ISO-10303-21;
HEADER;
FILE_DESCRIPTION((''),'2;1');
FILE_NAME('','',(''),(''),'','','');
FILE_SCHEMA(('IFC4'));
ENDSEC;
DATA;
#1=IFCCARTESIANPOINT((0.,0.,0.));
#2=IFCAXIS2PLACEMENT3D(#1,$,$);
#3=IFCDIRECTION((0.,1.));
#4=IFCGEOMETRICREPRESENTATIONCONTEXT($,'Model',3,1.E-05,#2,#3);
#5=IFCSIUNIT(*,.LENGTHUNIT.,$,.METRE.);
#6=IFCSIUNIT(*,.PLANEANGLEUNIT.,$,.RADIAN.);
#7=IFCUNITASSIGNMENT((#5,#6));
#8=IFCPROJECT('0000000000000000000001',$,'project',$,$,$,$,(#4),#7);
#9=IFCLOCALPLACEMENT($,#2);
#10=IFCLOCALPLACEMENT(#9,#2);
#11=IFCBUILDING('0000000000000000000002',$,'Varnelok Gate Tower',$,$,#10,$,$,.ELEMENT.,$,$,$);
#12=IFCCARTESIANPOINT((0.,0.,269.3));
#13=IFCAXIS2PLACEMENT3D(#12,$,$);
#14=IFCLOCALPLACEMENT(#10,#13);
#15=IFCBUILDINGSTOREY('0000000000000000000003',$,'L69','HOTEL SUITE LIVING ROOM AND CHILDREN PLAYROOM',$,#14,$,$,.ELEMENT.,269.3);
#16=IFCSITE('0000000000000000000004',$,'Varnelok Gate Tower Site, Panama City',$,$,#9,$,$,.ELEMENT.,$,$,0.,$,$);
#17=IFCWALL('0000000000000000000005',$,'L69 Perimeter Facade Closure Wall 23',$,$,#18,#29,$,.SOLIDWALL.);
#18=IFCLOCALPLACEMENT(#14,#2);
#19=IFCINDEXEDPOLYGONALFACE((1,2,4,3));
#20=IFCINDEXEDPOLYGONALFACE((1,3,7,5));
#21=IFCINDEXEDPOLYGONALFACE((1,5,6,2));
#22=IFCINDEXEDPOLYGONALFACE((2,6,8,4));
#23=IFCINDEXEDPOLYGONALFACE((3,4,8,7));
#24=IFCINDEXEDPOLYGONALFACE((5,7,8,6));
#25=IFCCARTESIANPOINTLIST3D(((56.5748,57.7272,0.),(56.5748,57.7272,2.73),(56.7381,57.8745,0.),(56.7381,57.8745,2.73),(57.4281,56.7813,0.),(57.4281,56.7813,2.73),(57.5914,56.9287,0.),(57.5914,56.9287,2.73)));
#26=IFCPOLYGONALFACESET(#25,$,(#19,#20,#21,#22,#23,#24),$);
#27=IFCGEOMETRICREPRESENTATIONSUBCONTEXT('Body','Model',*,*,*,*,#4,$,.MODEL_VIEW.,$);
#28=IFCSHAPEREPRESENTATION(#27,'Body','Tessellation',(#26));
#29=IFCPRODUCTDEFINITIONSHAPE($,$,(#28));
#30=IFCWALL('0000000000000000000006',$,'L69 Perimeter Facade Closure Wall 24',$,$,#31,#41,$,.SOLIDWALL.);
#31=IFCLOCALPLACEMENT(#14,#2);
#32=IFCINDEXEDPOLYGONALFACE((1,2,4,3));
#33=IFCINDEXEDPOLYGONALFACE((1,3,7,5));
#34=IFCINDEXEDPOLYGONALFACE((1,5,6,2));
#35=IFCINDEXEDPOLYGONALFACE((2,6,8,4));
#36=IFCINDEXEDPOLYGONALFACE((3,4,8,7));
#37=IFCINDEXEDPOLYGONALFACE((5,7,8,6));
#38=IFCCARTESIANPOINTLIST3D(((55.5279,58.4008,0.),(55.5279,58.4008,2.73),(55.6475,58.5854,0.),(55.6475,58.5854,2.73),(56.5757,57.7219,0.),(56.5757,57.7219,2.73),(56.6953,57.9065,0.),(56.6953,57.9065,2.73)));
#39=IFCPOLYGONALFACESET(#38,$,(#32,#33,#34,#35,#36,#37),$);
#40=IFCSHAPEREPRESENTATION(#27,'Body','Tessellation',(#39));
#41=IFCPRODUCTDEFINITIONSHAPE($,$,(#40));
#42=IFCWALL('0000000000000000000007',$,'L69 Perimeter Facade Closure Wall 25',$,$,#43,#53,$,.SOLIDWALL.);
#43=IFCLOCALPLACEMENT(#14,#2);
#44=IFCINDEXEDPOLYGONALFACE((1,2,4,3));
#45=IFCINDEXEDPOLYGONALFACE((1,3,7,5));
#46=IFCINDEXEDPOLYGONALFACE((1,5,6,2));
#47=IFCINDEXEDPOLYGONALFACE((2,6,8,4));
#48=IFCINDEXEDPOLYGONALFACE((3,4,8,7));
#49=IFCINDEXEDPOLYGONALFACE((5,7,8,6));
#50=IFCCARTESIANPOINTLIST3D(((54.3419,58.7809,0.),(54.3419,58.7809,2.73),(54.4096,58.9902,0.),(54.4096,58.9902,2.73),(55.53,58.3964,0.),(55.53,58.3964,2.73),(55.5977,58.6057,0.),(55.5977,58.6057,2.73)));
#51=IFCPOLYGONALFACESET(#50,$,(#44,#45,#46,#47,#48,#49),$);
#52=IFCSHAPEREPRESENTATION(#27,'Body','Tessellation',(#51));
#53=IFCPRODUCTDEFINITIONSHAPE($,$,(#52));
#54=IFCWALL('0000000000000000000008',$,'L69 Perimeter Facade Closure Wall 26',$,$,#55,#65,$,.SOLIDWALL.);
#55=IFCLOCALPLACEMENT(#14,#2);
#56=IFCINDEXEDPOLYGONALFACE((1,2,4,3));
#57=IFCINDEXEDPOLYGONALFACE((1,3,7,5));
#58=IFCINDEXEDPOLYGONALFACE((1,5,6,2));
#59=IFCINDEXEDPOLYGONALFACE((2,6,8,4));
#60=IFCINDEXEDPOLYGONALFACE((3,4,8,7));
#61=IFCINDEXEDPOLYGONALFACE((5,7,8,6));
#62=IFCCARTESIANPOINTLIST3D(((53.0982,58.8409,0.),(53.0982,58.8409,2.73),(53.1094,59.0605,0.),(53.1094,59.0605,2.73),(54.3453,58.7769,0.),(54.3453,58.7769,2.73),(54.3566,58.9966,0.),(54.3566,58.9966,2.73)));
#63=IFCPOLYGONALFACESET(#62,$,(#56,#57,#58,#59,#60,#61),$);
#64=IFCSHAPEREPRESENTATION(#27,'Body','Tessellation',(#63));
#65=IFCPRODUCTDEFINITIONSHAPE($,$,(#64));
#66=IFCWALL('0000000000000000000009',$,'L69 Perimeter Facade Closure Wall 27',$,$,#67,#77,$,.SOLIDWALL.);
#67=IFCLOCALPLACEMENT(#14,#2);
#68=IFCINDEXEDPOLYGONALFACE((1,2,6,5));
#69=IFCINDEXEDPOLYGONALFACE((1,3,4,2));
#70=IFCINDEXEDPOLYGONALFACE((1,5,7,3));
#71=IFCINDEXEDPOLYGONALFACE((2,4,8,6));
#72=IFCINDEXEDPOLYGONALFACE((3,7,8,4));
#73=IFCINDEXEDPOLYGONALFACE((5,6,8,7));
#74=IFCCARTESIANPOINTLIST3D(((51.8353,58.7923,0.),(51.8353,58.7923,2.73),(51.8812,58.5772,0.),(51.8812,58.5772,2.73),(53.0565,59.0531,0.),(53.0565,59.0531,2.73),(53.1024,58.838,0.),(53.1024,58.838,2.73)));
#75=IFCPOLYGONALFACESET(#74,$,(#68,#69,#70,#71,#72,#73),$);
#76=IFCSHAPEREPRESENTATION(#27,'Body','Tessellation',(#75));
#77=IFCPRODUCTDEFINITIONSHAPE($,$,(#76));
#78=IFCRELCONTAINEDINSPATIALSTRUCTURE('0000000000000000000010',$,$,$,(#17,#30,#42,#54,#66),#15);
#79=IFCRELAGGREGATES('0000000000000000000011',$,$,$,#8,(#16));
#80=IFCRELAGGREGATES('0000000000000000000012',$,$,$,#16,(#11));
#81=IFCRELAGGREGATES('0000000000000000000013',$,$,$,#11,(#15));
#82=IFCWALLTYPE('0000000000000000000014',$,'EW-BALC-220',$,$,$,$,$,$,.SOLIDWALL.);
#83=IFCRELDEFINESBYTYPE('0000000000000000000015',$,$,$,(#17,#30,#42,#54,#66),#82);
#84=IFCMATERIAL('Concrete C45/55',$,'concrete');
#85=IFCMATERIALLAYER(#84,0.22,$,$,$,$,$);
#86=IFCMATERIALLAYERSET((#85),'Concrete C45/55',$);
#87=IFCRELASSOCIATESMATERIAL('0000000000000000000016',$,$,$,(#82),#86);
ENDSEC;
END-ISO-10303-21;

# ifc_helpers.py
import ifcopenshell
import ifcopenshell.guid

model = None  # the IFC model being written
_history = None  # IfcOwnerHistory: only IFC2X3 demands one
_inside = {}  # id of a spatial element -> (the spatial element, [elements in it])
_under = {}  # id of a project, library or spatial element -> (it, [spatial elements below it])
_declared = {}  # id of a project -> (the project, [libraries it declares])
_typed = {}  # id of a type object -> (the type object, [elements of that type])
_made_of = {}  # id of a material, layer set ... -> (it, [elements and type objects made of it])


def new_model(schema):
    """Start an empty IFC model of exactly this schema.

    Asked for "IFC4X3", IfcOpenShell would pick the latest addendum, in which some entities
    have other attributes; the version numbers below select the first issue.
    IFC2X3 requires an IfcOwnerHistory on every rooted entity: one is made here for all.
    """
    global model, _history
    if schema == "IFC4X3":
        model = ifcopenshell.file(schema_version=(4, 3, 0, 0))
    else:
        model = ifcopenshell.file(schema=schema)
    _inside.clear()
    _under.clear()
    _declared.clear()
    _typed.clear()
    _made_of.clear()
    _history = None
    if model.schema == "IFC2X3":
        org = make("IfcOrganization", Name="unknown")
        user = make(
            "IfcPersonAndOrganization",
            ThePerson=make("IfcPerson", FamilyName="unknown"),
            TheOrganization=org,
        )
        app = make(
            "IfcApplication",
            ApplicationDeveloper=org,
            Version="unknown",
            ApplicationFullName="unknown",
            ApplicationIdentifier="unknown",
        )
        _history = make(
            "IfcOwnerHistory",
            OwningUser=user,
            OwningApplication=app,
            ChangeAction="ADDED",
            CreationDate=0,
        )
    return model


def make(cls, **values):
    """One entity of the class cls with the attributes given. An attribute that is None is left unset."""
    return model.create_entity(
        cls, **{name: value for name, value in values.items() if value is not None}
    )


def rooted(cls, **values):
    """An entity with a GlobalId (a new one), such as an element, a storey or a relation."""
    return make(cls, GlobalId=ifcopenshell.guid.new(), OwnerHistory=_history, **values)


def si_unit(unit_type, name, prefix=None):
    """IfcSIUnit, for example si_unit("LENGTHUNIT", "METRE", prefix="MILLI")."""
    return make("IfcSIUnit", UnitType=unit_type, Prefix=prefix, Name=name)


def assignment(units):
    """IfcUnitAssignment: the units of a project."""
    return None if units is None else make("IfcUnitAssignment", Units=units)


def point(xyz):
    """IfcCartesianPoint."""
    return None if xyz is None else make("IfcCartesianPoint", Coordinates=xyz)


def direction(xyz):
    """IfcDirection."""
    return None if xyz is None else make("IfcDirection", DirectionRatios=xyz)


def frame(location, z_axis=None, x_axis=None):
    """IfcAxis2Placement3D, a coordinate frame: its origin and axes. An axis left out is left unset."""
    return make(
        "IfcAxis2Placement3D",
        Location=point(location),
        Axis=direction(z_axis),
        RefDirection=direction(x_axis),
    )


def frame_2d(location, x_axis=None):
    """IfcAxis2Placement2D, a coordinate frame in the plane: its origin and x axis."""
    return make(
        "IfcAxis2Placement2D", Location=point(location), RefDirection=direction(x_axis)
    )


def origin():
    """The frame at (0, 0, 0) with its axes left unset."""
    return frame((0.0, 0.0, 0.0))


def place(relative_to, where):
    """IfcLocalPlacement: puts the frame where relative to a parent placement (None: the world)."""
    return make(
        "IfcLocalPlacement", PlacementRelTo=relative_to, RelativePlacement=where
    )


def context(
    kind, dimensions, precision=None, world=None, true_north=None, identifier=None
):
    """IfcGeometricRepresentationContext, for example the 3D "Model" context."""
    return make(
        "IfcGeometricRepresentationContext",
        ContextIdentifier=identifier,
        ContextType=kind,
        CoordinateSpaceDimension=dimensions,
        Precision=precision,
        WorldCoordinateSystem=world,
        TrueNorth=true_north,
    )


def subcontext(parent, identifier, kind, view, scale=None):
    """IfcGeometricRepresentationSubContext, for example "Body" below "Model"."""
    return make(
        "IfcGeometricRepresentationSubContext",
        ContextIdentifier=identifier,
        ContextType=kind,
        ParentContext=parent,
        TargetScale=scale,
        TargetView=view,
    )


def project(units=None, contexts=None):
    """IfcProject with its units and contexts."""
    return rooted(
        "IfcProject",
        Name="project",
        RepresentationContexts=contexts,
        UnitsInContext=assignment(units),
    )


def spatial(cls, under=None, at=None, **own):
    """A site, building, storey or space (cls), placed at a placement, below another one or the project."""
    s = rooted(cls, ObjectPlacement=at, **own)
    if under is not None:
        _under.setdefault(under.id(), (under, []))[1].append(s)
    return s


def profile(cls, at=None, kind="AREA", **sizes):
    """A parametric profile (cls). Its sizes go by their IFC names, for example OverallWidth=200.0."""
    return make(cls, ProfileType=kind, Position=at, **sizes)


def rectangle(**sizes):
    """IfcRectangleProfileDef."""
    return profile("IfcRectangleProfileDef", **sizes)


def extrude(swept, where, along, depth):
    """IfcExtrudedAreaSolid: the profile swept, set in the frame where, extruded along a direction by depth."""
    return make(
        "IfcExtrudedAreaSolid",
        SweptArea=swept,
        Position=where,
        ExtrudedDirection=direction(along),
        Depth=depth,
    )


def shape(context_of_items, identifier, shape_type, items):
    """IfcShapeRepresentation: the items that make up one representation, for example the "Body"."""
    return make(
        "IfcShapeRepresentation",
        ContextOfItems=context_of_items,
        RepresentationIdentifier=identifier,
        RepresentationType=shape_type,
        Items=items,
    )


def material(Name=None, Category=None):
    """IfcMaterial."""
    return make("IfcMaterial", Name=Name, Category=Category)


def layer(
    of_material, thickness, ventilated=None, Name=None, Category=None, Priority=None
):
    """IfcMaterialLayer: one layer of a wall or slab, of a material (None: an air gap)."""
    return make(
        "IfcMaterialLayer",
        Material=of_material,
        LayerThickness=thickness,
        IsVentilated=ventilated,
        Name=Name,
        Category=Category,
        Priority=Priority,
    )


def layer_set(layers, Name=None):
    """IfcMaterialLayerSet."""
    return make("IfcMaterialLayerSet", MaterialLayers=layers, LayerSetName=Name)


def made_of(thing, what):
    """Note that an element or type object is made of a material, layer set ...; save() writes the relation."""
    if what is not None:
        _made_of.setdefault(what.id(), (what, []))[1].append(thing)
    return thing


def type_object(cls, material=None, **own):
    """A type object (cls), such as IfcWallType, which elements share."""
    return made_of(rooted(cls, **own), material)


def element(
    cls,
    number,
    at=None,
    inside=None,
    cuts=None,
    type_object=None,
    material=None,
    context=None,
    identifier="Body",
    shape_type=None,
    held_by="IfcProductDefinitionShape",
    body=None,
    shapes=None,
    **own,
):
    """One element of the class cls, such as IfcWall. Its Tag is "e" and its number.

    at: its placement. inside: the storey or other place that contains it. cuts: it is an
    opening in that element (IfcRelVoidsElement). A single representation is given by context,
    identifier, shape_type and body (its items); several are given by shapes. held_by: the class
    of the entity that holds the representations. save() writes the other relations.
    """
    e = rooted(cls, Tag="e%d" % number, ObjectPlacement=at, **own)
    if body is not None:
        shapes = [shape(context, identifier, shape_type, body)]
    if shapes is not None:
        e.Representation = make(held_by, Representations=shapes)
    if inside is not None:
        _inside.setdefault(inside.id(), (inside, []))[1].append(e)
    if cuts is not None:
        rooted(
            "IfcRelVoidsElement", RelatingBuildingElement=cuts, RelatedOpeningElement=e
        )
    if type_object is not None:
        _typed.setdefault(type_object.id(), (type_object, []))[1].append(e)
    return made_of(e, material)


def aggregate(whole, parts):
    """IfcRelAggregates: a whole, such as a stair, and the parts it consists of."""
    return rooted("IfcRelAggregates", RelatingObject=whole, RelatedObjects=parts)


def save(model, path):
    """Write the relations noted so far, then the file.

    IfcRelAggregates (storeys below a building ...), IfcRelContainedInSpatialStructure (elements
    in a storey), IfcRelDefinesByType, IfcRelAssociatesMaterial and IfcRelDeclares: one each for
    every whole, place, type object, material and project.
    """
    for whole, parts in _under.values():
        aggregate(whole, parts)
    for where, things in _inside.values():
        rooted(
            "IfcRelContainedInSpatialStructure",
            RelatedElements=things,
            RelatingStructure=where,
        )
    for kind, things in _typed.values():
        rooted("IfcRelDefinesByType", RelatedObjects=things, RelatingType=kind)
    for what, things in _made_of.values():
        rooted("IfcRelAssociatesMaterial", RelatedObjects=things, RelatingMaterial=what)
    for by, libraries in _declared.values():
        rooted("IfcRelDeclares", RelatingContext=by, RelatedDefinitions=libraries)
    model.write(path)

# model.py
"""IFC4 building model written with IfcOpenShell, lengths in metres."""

from ifc_helpers import new_model, si_unit, direction, frame, frame_2d, origin, place, context, subcontext, project, spatial, rectangle, extrude, material, layer, layer_set, type_object, element, save


model = new_model("IFC4")

# Units and contexts
model_context = context("Model", 3, precision=1e-05, world=origin(), true_north=direction((0.0, 1.0)))
body_context = subcontext(model_context, "Body", "Model", "MODEL_VIEW")
ifc_project = project(units=[si_unit("LENGTHUNIT", "METRE"), si_unit("PLANEANGLEUNIT", "RADIAN")], contexts=[model_context])

# Site, building, storey
site_placement = place(None, origin())
site = spatial("IfcSite", under=ifc_project, at=site_placement, Name="Varnelok Gate Tower Site, Panama City", CompositionType="ELEMENT", RefElevation=0.0)
building_placement = place(site_placement, origin())
building = spatial("IfcBuilding", under=site, at=building_placement, Name="Varnelok Gate Tower", CompositionType="ELEMENT")
storey_placement = place(building_placement, frame((0.0, 0.0, 269.3)))
storey = spatial("IfcBuildingStorey", under=building, at=storey_placement, Name="L69", Description="HOTEL SUITE LIVING ROOM AND CHILDREN PLAYROOM", CompositionType="ELEMENT", Elevation=269.3)

# Walls
ifc_material_1 = material(Name="Concrete C45/55", Category="concrete")
ifc_layer_1 = layer(ifc_material_1, 0.22)
ifc_layer_set_1 = layer_set([ifc_layer_1], Name="Concrete C45/55")
wall_type = type_object("IfcWallType", Name="EW-BALC-220", PredefinedType="SOLIDWALL", material=ifc_layer_set_1)
wall_1_placement = place(storey_placement, frame((57.5098, 56.855, 0.0), z_axis=(0.0, 0.0, 1.0), x_axis=(-0.669854, 0.742493, 0.0)))
element("IfcWall", 1, at=wall_1_placement, inside=storey, type_object=wall_type, Name="L69 Perimeter Facade Closure Wall 23", PredefinedType="SOLIDWALL", context=body_context, shape_type="SweptSolid", body=[
    extrude(rectangle(XDim=1.2739, YDim=0.22, at=frame_2d((0.637, 0.0))), origin(), (0.0, 0.0, 1.0), 2.73),
])
wall_2_placement = place(storey_placement, frame((56.6355, 57.8142, 0.0), z_axis=(0.0, 0.0, 1.0), x_axis=(-0.839229, 0.543778, 0.0)))
element("IfcWall", 2, at=wall_2_placement, inside=storey, type_object=wall_type, Name="L69 Perimeter Facade Closure Wall 24", PredefinedType="SOLIDWALL", context=body_context, shape_type="SweptSolid", body=[
    extrude(rectangle(XDim=1.2485, YDim=0.22, at=frame_2d((0.6243, 0.0))), origin(), (0.0, 0.0, 1.0), 2.73),
])
for number, where, z_axis, x_axis, name in (
    (3, (55.564, 58.501, 0.0), (0.0, 0.0, 1.0), (-0.951404, 0.307945, 0.0), "L69 Perimeter Facade Closure Wall 25"),
    (4, (54.3511, 58.8867, 0.0), (0.0, 0.0, 1.0), (-0.998687, 0.051225, 0.0), "L69 Perimeter Facade Closure Wall 26"),
    (5, (53.0796, 58.9456, 0.0), (0.0, 0.0, 1.0), (-0.977957, -0.208808, 0.0), "L69 Perimeter Facade Closure Wall 27"),
):
    element("IfcWall", number, at=place(storey_placement, frame(where, z_axis=z_axis, x_axis=x_axis)), inside=storey, type_object=wall_type, Name=name, PredefinedType="SOLIDWALL", context=body_context, shape_type="SweptSolid", body=[
        extrude(rectangle(XDim=1.2488, YDim=0.22, at=frame_2d((0.6245, 0.0))), origin(), (0.0, 0.0, 1.0), 2.73),
    ])

save(model, "model.ifc")
